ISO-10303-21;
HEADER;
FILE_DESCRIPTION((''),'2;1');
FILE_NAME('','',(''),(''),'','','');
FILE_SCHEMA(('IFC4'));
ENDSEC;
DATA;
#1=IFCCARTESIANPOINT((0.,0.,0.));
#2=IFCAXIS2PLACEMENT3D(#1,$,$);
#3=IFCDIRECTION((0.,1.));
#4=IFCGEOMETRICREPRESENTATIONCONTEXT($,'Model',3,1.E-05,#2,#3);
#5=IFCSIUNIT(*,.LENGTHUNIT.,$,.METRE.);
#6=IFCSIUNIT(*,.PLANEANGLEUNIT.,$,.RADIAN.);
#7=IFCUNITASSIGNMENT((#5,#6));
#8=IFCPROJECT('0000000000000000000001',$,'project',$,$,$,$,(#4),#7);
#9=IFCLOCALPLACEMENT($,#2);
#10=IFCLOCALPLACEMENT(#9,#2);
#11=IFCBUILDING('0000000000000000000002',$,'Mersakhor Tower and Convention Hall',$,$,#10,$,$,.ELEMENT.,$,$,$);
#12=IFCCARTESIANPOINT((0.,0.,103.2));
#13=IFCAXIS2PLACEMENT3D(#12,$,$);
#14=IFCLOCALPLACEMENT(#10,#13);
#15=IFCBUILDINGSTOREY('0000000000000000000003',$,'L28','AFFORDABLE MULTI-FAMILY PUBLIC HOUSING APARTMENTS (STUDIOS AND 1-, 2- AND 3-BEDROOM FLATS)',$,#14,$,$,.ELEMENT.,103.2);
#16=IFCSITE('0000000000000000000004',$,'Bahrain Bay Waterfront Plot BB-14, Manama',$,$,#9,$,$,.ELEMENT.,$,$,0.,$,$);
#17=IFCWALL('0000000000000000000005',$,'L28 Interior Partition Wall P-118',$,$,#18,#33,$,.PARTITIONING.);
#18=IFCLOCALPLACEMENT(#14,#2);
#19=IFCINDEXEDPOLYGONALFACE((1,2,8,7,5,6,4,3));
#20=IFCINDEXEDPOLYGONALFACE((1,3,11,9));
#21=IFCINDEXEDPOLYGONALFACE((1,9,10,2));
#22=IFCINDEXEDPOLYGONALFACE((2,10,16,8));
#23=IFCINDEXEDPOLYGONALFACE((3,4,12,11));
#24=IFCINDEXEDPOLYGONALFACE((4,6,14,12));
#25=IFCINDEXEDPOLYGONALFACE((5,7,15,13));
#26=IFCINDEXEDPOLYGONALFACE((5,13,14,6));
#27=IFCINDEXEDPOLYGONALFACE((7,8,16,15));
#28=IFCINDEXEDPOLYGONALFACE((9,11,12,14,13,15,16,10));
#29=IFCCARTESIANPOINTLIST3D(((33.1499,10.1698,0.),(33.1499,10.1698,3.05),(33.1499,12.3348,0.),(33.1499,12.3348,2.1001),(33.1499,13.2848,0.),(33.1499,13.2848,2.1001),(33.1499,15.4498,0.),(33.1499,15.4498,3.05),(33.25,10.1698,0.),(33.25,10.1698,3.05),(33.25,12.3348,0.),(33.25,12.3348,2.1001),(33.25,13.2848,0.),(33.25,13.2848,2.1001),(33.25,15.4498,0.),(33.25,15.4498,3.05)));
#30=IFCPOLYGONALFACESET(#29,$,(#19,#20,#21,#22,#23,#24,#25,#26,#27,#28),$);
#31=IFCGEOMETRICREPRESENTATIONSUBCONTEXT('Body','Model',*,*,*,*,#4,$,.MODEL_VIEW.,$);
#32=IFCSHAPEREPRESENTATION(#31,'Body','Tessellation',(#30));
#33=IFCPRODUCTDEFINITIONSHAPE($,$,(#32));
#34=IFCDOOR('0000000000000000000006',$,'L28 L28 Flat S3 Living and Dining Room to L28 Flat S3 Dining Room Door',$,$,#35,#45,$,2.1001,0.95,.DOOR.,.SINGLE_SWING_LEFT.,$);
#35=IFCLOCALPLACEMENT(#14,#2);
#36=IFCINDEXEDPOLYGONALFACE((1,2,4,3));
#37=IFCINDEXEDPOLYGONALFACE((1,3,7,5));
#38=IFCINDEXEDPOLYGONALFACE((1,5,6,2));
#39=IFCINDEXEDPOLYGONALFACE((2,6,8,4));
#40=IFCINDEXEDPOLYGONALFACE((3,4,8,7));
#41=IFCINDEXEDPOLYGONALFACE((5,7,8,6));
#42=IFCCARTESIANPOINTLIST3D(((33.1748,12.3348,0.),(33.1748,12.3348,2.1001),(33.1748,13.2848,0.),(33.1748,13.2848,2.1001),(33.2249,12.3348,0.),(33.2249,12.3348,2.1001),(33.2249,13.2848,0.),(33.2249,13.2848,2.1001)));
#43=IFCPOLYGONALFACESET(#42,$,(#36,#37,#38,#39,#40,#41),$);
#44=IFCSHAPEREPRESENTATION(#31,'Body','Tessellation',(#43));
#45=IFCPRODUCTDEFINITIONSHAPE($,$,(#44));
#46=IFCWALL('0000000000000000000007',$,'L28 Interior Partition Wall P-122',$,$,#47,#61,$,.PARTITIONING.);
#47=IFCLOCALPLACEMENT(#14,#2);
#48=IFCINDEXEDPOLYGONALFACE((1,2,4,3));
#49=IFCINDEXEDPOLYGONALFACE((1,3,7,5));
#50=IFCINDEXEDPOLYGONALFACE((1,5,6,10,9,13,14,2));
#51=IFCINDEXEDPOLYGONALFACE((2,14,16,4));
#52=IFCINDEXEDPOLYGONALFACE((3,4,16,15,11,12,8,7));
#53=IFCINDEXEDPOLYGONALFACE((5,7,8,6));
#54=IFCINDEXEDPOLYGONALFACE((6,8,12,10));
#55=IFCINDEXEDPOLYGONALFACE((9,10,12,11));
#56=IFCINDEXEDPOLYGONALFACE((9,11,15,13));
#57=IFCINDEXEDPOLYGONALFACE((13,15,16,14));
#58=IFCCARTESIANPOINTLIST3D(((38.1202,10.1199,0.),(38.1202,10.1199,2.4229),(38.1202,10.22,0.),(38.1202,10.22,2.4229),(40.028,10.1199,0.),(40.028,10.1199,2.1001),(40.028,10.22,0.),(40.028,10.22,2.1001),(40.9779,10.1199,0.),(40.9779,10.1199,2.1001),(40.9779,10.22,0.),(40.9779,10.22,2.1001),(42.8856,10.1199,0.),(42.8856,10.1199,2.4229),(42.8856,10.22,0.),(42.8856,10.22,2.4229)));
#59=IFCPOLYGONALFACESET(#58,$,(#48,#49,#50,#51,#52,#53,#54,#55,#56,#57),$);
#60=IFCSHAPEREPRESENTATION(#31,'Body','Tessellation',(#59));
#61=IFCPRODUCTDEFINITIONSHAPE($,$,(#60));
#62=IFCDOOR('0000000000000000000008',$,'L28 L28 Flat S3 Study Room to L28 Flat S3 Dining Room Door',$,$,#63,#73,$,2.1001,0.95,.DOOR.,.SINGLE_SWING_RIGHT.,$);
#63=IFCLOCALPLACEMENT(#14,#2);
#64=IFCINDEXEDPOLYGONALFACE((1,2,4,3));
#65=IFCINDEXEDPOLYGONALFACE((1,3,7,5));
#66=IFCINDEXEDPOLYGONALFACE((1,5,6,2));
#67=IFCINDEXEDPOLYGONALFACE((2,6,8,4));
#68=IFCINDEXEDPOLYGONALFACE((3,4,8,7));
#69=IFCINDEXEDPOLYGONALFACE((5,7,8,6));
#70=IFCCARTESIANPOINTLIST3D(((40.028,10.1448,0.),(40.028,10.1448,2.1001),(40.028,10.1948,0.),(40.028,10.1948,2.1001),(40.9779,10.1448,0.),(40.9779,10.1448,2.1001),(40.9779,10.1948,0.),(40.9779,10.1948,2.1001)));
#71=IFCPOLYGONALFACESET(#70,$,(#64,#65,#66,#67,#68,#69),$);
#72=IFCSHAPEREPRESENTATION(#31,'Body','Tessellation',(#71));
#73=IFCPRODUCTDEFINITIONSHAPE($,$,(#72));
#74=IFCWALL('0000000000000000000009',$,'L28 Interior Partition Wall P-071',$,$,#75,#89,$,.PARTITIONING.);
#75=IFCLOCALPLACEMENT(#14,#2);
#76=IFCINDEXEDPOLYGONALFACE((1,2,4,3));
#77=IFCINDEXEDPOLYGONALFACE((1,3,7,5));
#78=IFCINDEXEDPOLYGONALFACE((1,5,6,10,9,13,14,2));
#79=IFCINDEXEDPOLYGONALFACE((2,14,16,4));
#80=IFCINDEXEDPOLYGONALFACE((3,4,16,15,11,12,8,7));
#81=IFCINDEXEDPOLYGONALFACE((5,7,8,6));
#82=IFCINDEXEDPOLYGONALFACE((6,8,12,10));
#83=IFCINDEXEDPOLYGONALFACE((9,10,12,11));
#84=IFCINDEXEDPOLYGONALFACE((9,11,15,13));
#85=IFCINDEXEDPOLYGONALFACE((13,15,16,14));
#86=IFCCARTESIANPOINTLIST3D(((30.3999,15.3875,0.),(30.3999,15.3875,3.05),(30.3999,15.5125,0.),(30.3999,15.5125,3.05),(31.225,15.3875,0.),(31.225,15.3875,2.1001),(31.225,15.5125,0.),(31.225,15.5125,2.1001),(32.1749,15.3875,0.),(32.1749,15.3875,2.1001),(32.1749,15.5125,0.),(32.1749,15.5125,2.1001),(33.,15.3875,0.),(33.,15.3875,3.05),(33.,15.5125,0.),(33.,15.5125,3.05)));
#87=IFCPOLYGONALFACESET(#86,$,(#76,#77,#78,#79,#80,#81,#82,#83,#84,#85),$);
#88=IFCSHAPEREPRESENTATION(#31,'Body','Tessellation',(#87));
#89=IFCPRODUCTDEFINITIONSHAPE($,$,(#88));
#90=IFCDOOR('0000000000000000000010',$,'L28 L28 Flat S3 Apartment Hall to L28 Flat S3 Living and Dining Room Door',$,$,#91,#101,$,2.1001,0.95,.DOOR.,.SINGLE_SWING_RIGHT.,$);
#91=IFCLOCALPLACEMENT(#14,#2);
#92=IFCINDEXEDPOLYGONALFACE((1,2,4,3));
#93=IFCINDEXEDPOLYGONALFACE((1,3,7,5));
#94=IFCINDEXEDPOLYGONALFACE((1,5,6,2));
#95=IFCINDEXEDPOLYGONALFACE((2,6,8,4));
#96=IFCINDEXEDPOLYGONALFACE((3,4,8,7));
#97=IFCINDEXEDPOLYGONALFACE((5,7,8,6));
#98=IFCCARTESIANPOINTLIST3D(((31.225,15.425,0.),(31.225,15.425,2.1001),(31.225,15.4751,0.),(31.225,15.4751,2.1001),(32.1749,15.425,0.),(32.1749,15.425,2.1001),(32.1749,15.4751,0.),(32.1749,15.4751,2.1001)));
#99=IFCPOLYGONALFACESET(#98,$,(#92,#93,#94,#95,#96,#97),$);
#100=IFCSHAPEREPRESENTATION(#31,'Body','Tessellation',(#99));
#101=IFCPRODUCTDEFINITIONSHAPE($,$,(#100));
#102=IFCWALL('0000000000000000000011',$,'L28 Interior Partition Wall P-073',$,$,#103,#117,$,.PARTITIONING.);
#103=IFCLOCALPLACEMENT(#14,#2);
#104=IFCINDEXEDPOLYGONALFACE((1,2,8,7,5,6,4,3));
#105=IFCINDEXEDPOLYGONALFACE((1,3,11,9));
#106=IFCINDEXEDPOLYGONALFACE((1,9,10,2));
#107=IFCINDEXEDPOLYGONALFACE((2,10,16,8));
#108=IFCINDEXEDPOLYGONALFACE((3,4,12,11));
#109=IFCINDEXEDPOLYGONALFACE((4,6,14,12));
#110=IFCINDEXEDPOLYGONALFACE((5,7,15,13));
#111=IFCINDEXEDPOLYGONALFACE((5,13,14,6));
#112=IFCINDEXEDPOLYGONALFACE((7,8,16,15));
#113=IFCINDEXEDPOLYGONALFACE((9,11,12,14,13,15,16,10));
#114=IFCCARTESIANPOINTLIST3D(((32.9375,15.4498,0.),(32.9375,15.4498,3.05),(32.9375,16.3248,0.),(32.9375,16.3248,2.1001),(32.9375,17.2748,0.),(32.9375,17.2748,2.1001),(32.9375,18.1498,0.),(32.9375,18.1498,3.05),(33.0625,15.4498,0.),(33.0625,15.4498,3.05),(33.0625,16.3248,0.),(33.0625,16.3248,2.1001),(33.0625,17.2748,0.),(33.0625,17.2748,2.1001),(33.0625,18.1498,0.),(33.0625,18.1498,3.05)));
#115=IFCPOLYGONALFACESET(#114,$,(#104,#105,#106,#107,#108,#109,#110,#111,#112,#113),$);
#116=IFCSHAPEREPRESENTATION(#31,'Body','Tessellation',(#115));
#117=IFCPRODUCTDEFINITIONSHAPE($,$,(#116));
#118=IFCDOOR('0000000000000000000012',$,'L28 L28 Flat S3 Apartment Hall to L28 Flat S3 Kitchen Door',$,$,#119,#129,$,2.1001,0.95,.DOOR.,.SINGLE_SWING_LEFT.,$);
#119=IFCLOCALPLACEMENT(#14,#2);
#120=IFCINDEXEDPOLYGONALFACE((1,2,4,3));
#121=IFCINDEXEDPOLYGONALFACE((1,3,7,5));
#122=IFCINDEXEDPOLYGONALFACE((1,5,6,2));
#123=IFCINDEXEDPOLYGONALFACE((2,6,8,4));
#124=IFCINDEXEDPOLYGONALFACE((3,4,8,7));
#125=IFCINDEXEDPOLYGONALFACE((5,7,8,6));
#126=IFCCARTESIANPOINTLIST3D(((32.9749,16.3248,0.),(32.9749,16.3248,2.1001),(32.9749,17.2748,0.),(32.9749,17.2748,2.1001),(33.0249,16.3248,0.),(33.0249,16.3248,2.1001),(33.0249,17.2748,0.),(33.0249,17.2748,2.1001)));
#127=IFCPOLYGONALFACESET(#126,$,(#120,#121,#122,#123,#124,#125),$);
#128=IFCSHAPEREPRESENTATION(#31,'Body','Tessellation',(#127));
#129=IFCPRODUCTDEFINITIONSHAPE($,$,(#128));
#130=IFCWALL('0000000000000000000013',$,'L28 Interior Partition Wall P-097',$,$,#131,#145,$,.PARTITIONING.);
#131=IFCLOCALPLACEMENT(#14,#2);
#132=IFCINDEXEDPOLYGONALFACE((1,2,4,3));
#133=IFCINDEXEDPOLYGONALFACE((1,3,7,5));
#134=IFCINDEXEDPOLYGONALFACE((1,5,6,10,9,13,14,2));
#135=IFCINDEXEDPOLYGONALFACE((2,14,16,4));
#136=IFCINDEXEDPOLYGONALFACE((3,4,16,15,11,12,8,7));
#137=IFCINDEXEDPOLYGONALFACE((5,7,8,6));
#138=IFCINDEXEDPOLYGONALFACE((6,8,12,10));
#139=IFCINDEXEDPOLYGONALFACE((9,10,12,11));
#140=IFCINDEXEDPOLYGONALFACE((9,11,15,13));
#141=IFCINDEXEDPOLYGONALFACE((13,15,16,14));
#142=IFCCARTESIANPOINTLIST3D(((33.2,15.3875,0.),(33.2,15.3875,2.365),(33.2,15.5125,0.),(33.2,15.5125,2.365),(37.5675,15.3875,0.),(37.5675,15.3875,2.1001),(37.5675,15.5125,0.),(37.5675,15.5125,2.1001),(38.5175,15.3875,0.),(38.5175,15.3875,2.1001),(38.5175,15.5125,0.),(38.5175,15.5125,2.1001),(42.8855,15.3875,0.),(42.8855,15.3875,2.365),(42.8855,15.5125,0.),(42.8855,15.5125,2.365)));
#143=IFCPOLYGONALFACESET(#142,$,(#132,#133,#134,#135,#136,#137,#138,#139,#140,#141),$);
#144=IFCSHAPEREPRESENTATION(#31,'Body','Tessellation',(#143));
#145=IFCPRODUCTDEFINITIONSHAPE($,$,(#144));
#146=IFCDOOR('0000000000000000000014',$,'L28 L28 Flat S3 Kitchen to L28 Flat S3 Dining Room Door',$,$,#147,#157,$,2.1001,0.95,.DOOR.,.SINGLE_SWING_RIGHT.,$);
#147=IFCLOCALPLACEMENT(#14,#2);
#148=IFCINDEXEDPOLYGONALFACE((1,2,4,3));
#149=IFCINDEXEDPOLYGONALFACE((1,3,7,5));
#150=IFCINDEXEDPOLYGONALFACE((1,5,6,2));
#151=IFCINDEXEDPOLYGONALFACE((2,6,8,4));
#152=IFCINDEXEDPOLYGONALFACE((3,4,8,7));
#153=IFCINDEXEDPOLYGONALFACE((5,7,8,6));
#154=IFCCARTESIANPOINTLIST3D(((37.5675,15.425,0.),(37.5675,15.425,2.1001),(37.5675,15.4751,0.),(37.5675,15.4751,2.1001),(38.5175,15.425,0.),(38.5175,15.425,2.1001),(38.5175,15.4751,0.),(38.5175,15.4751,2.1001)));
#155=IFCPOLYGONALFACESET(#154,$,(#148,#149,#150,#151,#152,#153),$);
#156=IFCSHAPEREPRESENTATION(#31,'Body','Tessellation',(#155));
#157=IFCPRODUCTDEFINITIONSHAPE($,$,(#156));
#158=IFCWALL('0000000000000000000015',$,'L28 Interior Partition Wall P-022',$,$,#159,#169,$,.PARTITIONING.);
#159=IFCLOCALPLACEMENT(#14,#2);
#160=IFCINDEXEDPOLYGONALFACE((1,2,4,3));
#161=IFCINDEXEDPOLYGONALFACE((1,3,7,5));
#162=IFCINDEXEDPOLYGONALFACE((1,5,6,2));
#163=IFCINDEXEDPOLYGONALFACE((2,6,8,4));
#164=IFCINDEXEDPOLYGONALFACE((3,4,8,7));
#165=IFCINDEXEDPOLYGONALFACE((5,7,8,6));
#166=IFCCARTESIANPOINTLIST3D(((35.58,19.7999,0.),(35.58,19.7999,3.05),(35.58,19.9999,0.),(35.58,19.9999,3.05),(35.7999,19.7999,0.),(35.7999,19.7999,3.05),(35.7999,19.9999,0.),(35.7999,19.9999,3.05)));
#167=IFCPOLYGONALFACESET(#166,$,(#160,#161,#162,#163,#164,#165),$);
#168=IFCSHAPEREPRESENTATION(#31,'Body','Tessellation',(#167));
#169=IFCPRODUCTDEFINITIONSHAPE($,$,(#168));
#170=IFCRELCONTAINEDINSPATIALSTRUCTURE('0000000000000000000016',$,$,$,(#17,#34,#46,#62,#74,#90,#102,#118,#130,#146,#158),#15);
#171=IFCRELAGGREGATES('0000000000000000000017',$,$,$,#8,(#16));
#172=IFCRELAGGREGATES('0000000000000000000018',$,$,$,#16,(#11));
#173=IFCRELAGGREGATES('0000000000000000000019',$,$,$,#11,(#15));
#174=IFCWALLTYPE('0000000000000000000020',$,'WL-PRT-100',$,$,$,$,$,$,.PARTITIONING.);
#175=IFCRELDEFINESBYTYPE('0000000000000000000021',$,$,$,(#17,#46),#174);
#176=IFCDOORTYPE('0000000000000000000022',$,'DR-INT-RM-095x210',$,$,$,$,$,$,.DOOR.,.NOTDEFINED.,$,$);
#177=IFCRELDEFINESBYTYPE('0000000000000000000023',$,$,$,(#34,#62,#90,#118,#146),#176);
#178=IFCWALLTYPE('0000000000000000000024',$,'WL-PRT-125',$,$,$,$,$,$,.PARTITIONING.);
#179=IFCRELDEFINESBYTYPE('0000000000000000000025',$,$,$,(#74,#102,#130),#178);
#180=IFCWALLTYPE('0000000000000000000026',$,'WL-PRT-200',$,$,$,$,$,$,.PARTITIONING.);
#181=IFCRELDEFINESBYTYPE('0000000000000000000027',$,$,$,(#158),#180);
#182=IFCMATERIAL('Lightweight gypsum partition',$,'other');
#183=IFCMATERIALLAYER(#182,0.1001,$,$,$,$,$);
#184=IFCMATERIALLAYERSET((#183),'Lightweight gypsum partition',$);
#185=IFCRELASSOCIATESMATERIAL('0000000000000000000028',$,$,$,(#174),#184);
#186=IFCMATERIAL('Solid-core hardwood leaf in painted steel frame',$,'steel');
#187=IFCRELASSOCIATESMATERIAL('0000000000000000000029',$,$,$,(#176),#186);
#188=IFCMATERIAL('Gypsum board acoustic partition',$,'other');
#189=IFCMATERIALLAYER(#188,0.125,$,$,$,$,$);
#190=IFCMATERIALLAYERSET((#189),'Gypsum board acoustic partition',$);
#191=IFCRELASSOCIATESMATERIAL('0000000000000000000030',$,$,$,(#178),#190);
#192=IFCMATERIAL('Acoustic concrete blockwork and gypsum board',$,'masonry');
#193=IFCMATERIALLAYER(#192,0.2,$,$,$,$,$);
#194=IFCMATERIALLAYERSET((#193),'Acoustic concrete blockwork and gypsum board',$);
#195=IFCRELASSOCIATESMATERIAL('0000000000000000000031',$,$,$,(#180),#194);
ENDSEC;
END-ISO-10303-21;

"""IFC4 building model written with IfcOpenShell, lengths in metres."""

from ifc_helpers import new_model, si_unit, direction, frame, frame_2d, origin, place, context, subcontext, project, spatial, rectangle, extrude, material, layer, layer_set, type_object, element, fill, save


model = new_model("IFC4")

# Units and contexts
model_context = context("Model", 3, precision=1e-05, world=origin(), true_north=direction((0.0, 1.0)))
body_context = subcontext(model_context, "Body", "Model", "MODEL_VIEW")
ifc_project = project(units=[si_unit("LENGTHUNIT", "METRE"), si_unit("PLANEANGLEUNIT", "RADIAN")], contexts=[model_context])

# Site, building, storey
site_placement = place(None, origin())
site = spatial("IfcSite", under=ifc_project, at=site_placement, Name="Bahrain Bay Waterfront Plot BB-14, Manama", CompositionType="ELEMENT", RefElevation=0.0)
building_placement = place(site_placement, origin())
building = spatial("IfcBuilding", under=site, at=building_placement, Name="Mersakhor Tower and Convention Hall", CompositionType="ELEMENT")
storey_placement = place(building_placement, frame((0.0, 0.0, 103.2)))
storey = spatial("IfcBuildingStorey", under=building, at=storey_placement, Name="L28", Description="AFFORDABLE MULTI-FAMILY PUBLIC HOUSING APARTMENTS (STUDIOS AND 1-, 2- AND 3-BEDROOM FLATS)", CompositionType="ELEMENT", Elevation=103.2)

# Shared definitions
ifc_material_1 = material(Name="Lightweight gypsum partition", Category="other")
ifc_layer_1 = layer(ifc_material_1, 0.1001)
ifc_layer_set_1 = layer_set([ifc_layer_1], Name="Lightweight gypsum partition")
wall_type_1 = type_object("IfcWallType", Name="WL-PRT-100", PredefinedType="PARTITIONING", material=ifc_layer_set_1)

# Walls, openings, doors
wall_1_placement = place(storey_placement, frame((33.2, 15.45, 0.0), z_axis=(0.0, 0.0, 1.0), x_axis=(0.0, -1.0, 0.0)))
wall_1 = element("IfcWall", 1, at=wall_1_placement, inside=storey, type_object=wall_type_1, Name="L28 Interior Partition Wall P-118", PredefinedType="PARTITIONING", context=body_context, shape_type="SweptSolid", body=[
    extrude(rectangle(XDim=5.28, YDim=0.1001, at=frame_2d((2.6401, 0.0))), origin(), (0.0, 0.0, 1.0), 3.05),
])
opening_1_placement = place(wall_1_placement, frame((2.165, 0.0, 0.0)))
opening_1 = element("IfcOpeningElement", 2, at=opening_1_placement, cuts=wall_1, PredefinedType="OPENING", context=body_context, shape_type="SweptSolid", body=[
    extrude(rectangle(XDim=0.95, YDim=2.1001, at=frame_2d((0.4751, 1.05))), frame((0.0, 0.0601, 0.0), z_axis=(0.0, -1.0, 0.0), x_axis=(1.0, 0.0, 0.0)), (0.0, 0.0, 1.0), 0.1201),
])
ifc_material_2 = material(Name="Solid-core hardwood leaf in painted steel frame", Category="steel")
door_type_1 = type_object("IfcDoorType", Name="DR-INT-RM-095x210", OperationType="NOTDEFINED", PredefinedType="DOOR", material=ifc_material_2)
door_1_placement = place(opening_1_placement, origin())
door_1 = element("IfcDoor", 3, at=door_1_placement, inside=storey, type_object=door_type_1, Name="L28 L28 Flat S3 Living and Dining Room to L28 Flat S3 Dining Room Door", OperationType="SINGLE_SWING_LEFT", OverallHeight=2.1001, OverallWidth=0.95, PredefinedType="DOOR", context=body_context, shape_type="SweptSolid", body=[
    extrude(rectangle(XDim=0.95, YDim=2.1001, at=frame_2d((0.4751, 1.05))), frame((0.0, 0.0249, 0.0), z_axis=(0.0, -1.0, 0.0), x_axis=(1.0, 0.0, 0.0)), (0.0, 0.0, 1.0), 0.05),
])
fill(opening_1, door_1)
wall_2_placement = place(storey_placement, frame((38.1201, 10.1699, 0.0), z_axis=(0.0, 0.0, 1.0), x_axis=(1.0, 0.0, 0.0)))
wall_2 = element("IfcWall", 4, at=wall_2_placement, inside=storey, type_object=wall_type_1, Name="L28 Interior Partition Wall P-122", PredefinedType="PARTITIONING", context=body_context, shape_type="SweptSolid", body=[
    extrude(rectangle(XDim=4.7654, YDim=0.1001, at=frame_2d((2.3828, 0.0))), origin(), (0.0, 0.0, 1.0), 2.4229),
])
opening_2_placement = place(wall_2_placement, frame((1.9077, 0.0, 0.0)))
opening_2 = element("IfcOpeningElement", 5, at=opening_2_placement, cuts=wall_2, PredefinedType="OPENING", context=body_context, shape_type="SweptSolid", body=[
    extrude(rectangle(XDim=0.95, YDim=2.1001, at=frame_2d((0.4751, 1.05))), frame((0.0, 0.0601, 0.0), z_axis=(0.0, -1.0, 0.0), x_axis=(1.0, 0.0, 0.0)), (0.0, 0.0, 1.0), 0.1201),
])
door_2_placement = place(opening_2_placement, origin())
door_2 = element("IfcDoor", 6, at=door_2_placement, inside=storey, type_object=door_type_1, Name="L28 L28 Flat S3 Study Room to L28 Flat S3 Dining Room Door", OperationType="SINGLE_SWING_RIGHT", OverallHeight=2.1001, OverallWidth=0.95, PredefinedType="DOOR", context=body_context, shape_type="SweptSolid", body=[
    extrude(rectangle(XDim=0.95, YDim=2.1001, at=frame_2d((0.4751, 1.05))), frame((0.0, 0.0249, 0.0), z_axis=(0.0, -1.0, 0.0), x_axis=(1.0, 0.0, 0.0)), (0.0, 0.0, 1.0), 0.05),
])
fill(opening_2, door_2)
ifc_material_3 = material(Name="Gypsum board acoustic partition", Category="other")
ifc_layer_2 = layer(ifc_material_3, 0.125)
ifc_layer_set_2 = layer_set([ifc_layer_2], Name="Gypsum board acoustic partition")
wall_type_2 = type_object("IfcWallType", Name="WL-PRT-125", PredefinedType="PARTITIONING", material=ifc_layer_set_2)
wall_3_placement = place(storey_placement, frame((33.0, 15.45, 0.0), z_axis=(0.0, 0.0, 1.0), x_axis=(-1.0, 0.0, 0.0)))
wall_3 = element("IfcWall", 7, at=wall_3_placement, inside=storey, type_object=wall_type_2, Name="L28 Interior Partition Wall P-071", PredefinedType="PARTITIONING", context=body_context, shape_type="SweptSolid", body=[
    extrude(rectangle(XDim=2.6001, YDim=0.125, at=frame_2d((1.3, 0.0))), origin(), (0.0, 0.0, 1.0), 3.05),
])
opening_3_placement = place(wall_3_placement, frame((0.825, 0.0, 0.0)))
opening_3 = element("IfcOpeningElement", 8, at=opening_3_placement, cuts=wall_3, PredefinedType="OPENING", context=body_context, shape_type="SweptSolid", body=[
    extrude(rectangle(XDim=0.95, YDim=2.1001, at=frame_2d((0.4751, 1.05))), frame((0.0, 0.0725, 0.0), z_axis=(0.0, -1.0, 0.0), x_axis=(1.0, 0.0, 0.0)), (0.0, 0.0, 1.0), 0.145),
])
door_3_placement = place(opening_3_placement, origin())
door_3 = element("IfcDoor", 9, at=door_3_placement, inside=storey, type_object=door_type_1, Name="L28 L28 Flat S3 Apartment Hall to L28 Flat S3 Living and Dining Room Door", OperationType="SINGLE_SWING_RIGHT", OverallHeight=2.1001, OverallWidth=0.95, PredefinedType="DOOR", context=body_context, shape_type="SweptSolid", body=[
    extrude(rectangle(XDim=0.95, YDim=2.1001, at=frame_2d((0.4751, 1.05))), frame((0.0, 0.0249, 0.0), z_axis=(0.0, -1.0, 0.0), x_axis=(1.0, 0.0, 0.0)), (0.0, 0.0, 1.0), 0.05),
])
fill(opening_3, door_3)
wall_4_placement = place(storey_placement, frame((33.0, 18.1499, 0.0), z_axis=(0.0, 0.0, 1.0), x_axis=(0.0, -1.0, 0.0)))
wall_4 = element("IfcWall", 10, at=wall_4_placement, inside=storey, type_object=wall_type_2, Name="L28 Interior Partition Wall P-073", PredefinedType="PARTITIONING", context=body_context, shape_type="SweptSolid", body=[
    extrude(rectangle(XDim=2.7, YDim=0.125, at=frame_2d((1.3501, 0.0))), origin(), (0.0, 0.0, 1.0), 3.05),
])
opening_4_placement = place(wall_4_placement, frame((0.875, 0.0, 0.0)))
opening_4 = element("IfcOpeningElement", 11, at=opening_4_placement, cuts=wall_4, PredefinedType="OPENING", context=body_context, shape_type="SweptSolid", body=[
    extrude(rectangle(XDim=0.95, YDim=2.1001, at=frame_2d((0.4751, 1.05))), frame((0.0, 0.0725, 0.0), z_axis=(0.0, -1.0, 0.0), x_axis=(1.0, 0.0, 0.0)), (0.0, 0.0, 1.0), 0.145),
])
door_4_placement = place(opening_4_placement, origin())
door_4 = element("IfcDoor", 12, at=door_4_placement, inside=storey, type_object=door_type_1, Name="L28 L28 Flat S3 Apartment Hall to L28 Flat S3 Kitchen Door", OperationType="SINGLE_SWING_LEFT", OverallHeight=2.1001, OverallWidth=0.95, PredefinedType="DOOR", context=body_context, shape_type="SweptSolid", body=[
    extrude(rectangle(XDim=0.95, YDim=2.1001, at=frame_2d((0.4751, 1.05))), frame((0.0, 0.0249, 0.0), z_axis=(0.0, -1.0, 0.0), x_axis=(1.0, 0.0, 0.0)), (0.0, 0.0, 1.0), 0.05),
])
fill(opening_4, door_4)
wall_5_placement = place(storey_placement, frame((42.8855, 15.45, 0.0), z_axis=(0.0, 0.0, 1.0), x_axis=(-1.0, 0.0, 0.0)))
wall_5 = element("IfcWall", 13, at=wall_5_placement, inside=storey, type_object=wall_type_2, Name="L28 Interior Partition Wall P-097", PredefinedType="PARTITIONING", context=body_context, shape_type="SweptSolid", body=[
    extrude(rectangle(XDim=9.6855, YDim=0.125, at=frame_2d((4.8428, 0.0))), origin(), (0.0, 0.0, 1.0), 2.365),
])
opening_5_placement = place(wall_5_placement, frame((4.3679, 0.0, 0.0)))
opening_5 = element("IfcOpeningElement", 14, at=opening_5_placement, cuts=wall_5, PredefinedType="OPENING", context=body_context, shape_type="SweptSolid", body=[
    extrude(rectangle(XDim=0.95, YDim=2.1001, at=frame_2d((0.4751, 1.05))), frame((0.0, 0.0725, 0.0), z_axis=(0.0, -1.0, 0.0), x_axis=(1.0, 0.0, 0.0)), (0.0, 0.0, 1.0), 0.145),
])
door_5_placement = place(opening_5_placement, origin())
door_5 = element("IfcDoor", 15, at=door_5_placement, inside=storey, type_object=door_type_1, Name="L28 L28 Flat S3 Kitchen to L28 Flat S3 Dining Room Door", OperationType="SINGLE_SWING_RIGHT", OverallHeight=2.1001, OverallWidth=0.95, PredefinedType="DOOR", context=body_context, shape_type="SweptSolid", body=[
    extrude(rectangle(XDim=0.95, YDim=2.1001, at=frame_2d((0.4751, 1.05))), frame((0.0, 0.0249, 0.0), z_axis=(0.0, -1.0, 0.0), x_axis=(1.0, 0.0, 0.0)), (0.0, 0.0, 1.0), 0.05),
])
fill(opening_5, door_5)

# Wall
ifc_material_4 = material(Name="Acoustic concrete blockwork and gypsum board", Category="masonry")
ifc_layer_3 = layer(ifc_material_4, 0.2)
ifc_layer_set_3 = layer_set([ifc_layer_3], Name="Acoustic concrete blockwork and gypsum board")
wall_type_3 = type_object("IfcWallType", Name="WL-PRT-200", PredefinedType="PARTITIONING", material=ifc_layer_set_3)
wall_6_placement = place(storey_placement, frame((35.5801, 19.8999, 0.0), z_axis=(0.0, 0.0, 1.0), x_axis=(1.0, 0.0, 0.0)))
element("IfcWall", 16, at=wall_6_placement, inside=storey, type_object=wall_type_3, Name="L28 Interior Partition Wall P-022", PredefinedType="PARTITIONING", context=body_context, shape_type="SweptSolid", body=[
    extrude(rectangle(XDim=0.22, YDim=0.2, at=frame_2d((0.1099, 0.0))), origin(), (0.0, 0.0, 1.0), 3.05),
])

save(model, "model.ifc")
